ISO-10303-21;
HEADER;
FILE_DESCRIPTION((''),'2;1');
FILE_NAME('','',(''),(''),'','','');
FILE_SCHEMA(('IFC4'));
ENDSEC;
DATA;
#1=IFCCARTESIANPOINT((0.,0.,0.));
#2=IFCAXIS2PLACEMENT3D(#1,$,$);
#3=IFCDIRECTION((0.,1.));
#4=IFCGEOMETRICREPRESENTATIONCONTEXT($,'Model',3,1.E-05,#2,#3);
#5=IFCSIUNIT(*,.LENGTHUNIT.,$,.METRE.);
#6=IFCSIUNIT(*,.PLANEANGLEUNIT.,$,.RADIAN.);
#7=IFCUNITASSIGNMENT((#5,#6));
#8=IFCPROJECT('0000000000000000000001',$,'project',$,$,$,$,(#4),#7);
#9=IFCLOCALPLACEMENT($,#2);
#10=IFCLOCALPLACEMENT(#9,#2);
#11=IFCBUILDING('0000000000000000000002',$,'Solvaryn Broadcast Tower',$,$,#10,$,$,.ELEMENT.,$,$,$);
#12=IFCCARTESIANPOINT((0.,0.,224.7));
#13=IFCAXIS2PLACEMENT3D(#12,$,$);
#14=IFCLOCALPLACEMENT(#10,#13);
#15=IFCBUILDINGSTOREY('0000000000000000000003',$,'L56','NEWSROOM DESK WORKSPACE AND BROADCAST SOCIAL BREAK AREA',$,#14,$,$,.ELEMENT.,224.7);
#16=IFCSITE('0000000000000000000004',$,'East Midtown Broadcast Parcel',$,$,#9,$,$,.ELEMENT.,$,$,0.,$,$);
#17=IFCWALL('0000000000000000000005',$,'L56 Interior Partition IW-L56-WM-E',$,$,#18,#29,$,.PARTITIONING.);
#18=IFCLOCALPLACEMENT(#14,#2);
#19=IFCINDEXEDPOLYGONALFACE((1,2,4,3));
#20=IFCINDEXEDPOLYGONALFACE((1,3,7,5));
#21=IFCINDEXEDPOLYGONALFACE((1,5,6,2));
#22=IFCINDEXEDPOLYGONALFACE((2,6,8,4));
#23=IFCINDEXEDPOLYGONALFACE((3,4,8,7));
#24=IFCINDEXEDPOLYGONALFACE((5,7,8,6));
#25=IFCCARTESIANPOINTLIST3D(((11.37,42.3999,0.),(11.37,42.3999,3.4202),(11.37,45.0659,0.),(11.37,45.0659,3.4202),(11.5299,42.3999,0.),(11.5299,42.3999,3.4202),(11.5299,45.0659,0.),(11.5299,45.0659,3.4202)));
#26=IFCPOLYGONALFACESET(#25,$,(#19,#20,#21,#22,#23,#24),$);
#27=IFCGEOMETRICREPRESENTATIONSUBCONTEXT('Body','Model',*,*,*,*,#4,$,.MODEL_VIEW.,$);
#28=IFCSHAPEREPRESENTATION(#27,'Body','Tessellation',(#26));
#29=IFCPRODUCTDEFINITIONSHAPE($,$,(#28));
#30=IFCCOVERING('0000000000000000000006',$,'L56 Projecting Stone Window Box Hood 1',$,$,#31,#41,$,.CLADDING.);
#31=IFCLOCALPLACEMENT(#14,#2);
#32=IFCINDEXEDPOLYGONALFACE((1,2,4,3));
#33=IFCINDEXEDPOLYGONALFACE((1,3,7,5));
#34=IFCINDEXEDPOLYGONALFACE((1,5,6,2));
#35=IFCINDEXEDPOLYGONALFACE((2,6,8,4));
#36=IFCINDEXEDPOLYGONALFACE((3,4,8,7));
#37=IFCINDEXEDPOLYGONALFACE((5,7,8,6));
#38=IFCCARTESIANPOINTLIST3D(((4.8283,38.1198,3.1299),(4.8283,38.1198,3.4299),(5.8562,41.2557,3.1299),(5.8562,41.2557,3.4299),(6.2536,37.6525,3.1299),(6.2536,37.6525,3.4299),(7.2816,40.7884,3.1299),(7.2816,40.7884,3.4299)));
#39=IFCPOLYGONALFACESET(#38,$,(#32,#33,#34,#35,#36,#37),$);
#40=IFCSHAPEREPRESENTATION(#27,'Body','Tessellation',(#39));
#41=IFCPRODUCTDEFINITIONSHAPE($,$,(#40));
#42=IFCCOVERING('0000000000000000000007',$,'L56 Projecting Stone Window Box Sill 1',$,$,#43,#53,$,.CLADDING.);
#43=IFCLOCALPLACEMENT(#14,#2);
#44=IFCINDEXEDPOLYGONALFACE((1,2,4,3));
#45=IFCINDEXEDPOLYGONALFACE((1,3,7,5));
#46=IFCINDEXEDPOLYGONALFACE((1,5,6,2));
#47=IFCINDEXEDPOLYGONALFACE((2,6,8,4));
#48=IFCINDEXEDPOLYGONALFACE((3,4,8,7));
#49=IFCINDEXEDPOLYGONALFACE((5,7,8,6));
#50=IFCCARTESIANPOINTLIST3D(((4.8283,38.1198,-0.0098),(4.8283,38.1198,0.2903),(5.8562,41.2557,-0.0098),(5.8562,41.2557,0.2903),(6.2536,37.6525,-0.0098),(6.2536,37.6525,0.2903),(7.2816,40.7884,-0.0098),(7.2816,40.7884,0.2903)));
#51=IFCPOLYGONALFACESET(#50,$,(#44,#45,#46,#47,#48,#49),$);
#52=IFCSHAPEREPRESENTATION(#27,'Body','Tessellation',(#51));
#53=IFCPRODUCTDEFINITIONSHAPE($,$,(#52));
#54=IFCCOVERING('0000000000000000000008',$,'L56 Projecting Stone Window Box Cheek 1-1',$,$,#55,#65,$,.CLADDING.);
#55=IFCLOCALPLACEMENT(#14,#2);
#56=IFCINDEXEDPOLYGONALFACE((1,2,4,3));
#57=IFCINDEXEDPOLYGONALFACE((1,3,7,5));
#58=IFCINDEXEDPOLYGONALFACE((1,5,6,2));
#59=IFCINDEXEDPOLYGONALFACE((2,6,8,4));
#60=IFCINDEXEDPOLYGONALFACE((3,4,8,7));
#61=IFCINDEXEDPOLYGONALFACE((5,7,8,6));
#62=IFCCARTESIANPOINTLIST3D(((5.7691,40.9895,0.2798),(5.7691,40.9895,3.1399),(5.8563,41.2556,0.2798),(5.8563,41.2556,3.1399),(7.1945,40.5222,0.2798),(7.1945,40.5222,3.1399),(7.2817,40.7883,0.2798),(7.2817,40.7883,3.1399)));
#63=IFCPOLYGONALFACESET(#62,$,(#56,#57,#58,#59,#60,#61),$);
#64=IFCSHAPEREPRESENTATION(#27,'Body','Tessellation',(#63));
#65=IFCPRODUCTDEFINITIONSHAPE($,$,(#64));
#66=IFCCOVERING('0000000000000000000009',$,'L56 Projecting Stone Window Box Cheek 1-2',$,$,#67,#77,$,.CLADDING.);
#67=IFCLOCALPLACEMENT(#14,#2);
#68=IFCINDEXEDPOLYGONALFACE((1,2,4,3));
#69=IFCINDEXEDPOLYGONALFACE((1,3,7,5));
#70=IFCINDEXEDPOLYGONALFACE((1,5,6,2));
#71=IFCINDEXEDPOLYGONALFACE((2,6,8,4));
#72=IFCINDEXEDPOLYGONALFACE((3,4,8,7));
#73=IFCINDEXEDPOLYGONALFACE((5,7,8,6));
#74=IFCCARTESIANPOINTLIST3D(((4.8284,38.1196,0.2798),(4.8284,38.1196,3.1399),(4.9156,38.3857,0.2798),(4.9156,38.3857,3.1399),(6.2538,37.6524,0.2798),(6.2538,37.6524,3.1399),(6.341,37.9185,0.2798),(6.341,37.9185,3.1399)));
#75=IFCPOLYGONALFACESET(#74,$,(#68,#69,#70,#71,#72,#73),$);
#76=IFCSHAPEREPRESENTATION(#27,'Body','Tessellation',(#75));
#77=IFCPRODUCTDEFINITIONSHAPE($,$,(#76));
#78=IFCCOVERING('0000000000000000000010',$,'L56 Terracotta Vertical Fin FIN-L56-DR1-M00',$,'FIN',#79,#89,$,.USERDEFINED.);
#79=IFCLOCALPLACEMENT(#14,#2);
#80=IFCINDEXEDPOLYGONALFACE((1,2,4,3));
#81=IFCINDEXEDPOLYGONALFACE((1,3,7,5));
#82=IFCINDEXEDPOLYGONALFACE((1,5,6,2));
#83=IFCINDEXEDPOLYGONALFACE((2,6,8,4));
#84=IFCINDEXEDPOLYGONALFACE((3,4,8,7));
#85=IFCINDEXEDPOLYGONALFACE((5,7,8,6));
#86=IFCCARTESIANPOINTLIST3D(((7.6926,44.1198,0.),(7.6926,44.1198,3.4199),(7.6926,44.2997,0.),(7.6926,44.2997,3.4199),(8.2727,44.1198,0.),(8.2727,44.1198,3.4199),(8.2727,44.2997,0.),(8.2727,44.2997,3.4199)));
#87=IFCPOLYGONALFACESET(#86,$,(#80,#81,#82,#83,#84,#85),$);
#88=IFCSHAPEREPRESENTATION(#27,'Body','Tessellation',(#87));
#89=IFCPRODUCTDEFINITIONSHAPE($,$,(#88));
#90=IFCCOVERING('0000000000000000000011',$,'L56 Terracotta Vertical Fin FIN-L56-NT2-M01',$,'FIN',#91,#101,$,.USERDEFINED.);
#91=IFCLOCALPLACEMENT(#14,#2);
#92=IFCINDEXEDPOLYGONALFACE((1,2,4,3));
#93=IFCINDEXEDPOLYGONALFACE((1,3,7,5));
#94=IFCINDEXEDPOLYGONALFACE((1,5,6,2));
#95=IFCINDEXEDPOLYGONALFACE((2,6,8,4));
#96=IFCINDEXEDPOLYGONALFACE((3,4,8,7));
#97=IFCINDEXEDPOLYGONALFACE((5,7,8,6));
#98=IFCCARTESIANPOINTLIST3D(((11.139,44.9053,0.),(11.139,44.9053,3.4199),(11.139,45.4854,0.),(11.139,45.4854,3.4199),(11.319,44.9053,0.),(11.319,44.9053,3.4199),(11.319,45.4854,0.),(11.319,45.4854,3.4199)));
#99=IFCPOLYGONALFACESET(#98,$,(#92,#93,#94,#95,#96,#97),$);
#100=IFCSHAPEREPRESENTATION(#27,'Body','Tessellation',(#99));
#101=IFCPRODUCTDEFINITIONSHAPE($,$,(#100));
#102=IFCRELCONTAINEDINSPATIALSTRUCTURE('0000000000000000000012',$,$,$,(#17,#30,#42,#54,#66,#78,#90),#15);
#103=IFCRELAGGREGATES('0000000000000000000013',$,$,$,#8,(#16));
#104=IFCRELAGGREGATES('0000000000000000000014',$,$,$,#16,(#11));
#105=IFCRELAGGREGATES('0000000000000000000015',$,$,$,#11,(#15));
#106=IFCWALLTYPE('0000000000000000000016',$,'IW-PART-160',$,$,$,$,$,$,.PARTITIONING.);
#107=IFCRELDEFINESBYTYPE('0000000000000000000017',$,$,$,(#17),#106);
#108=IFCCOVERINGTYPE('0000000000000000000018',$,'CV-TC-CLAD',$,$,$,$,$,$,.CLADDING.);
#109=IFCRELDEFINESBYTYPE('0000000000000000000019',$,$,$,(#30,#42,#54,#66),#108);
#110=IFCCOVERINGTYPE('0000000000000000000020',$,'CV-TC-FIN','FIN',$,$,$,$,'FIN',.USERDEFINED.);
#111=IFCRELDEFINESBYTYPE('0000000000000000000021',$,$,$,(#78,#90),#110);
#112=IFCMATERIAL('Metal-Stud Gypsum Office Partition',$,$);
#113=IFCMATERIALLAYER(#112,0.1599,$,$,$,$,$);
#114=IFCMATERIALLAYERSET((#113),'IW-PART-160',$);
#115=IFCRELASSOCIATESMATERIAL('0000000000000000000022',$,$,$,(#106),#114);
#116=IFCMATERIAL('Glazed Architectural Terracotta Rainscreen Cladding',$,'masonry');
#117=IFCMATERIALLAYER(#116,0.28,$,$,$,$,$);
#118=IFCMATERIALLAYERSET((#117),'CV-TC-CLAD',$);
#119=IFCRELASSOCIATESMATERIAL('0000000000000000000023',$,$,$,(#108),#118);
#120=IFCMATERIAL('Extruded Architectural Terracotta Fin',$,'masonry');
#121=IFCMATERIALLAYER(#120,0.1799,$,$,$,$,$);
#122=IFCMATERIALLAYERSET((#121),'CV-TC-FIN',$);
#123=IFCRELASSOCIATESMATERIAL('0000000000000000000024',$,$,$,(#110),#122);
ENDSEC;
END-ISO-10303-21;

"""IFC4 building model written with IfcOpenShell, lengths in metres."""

from ifc_helpers import new_model, si_unit, direction, frame, frame_2d, origin, origin_2d, place, context, subcontext, project, spatial, rectangle, extrude, material, layer, layer_set, type_object, element, save


model = new_model("IFC4")

# Units and contexts
model_context = context("Model", 3, precision=1e-05, world=origin(), true_north=direction((0.0, 1.0)))
body_context = subcontext(model_context, "Body", "Model", "MODEL_VIEW")
ifc_project = project(units=[si_unit("LENGTHUNIT", "METRE"), si_unit("PLANEANGLEUNIT", "RADIAN")], contexts=[model_context])

# Site, building, storey
site_placement = place(None, origin())
site = spatial("IfcSite", under=ifc_project, at=site_placement, Name="East Midtown Broadcast Parcel", CompositionType="ELEMENT", RefElevation=0.0)
building_placement = place(site_placement, origin())
building = spatial("IfcBuilding", under=site, at=building_placement, Name="Solvaryn Broadcast Tower", CompositionType="ELEMENT")
storey_placement = place(building_placement, frame((0.0, 0.0, 224.7)))
storey = spatial("IfcBuildingStorey", under=building, at=storey_placement, Name="L56", Description="NEWSROOM DESK WORKSPACE AND BROADCAST SOCIAL BREAK AREA", CompositionType="ELEMENT", Elevation=224.7)

# Wall
ifc_material_1 = material(Name="Metal-Stud Gypsum Office Partition")
ifc_layer_1 = layer(ifc_material_1, 0.1599)
ifc_layer_set_1 = layer_set([ifc_layer_1], Name="IW-PART-160")
wall_type_1 = type_object("IfcWallType", Name="IW-PART-160", PredefinedType="PARTITIONING", material=ifc_layer_set_1)
wall_1_placement = place(storey_placement, frame((11.45, 42.3999, 0.0), z_axis=(0.0, 0.0, 1.0), x_axis=(0.0, 1.0, 0.0)))
element("IfcWall", 1, at=wall_1_placement, inside=storey, type_object=wall_type_1, Name="L56 Interior Partition IW-L56-WM-E", PredefinedType="PARTITIONING", context=body_context, shape_type="SweptSolid", body=[
    extrude(rectangle(XDim=2.666, YDim=0.1599, at=frame_2d((1.333, 0.0))), origin(), (0.0, 0.0, 1.0), 3.4202),
])

# Coverings
ifc_material_2 = material(Name="Glazed Architectural Terracotta Rainscreen Cladding", Category="masonry")
ifc_layer_2 = layer(ifc_material_2, 0.28)
ifc_layer_set_2 = layer_set([ifc_layer_2], Name="CV-TC-CLAD")
covering_type_1 = type_object("IfcCoveringType", Name="CV-TC-CLAD", PredefinedType="CLADDING", material=ifc_layer_set_2)
for number, where, z_axis, x_axis, name in (
    (2, (6.0549, 39.4541, 3.1299), (0.0, 0.0, 1.0), (-0.311506, -0.950244, 0.0), "L56 Projecting Stone Window Box Hood 1"),
    (3, (6.0549, 39.4541, -0.0098), (0.0, 0.0, 1.0), (-0.311506, -0.950244, 0.0), "L56 Projecting Stone Window Box Sill 1"),
):
    element("IfcCovering", number, at=place(storey_placement, frame(where, z_axis=z_axis, x_axis=x_axis)), inside=storey, type_object=covering_type_1, Name=name, PredefinedType="CLADDING", context=body_context, shape_type="SweptSolid", body=[
        extrude(rectangle(XDim=3.3, YDim=1.5, at=origin_2d()), origin(), (0.0, 0.0, 1.0), 0.3),
    ])
for number, where, z_axis, x_axis, name in (
    (4, (6.5254, 40.8889, 0.2798), (0.0, 0.0, 1.0), (-0.311506, -0.950244, 0.0), "L56 Projecting Stone Window Box Cheek 1-1"),
    (5, (5.5847, 38.019, 0.2798), (0.0, 0.0, 1.0), (-0.311506, -0.950244, 0.0), "L56 Projecting Stone Window Box Cheek 1-2"),
):
    element("IfcCovering", number, at=place(storey_placement, frame(where, z_axis=z_axis, x_axis=x_axis)), inside=storey, type_object=covering_type_1, Name=name, PredefinedType="CLADDING", context=body_context, shape_type="SweptSolid", body=[
        extrude(rectangle(XDim=0.28, YDim=1.5, at=origin_2d()), origin(), (0.0, 0.0, 1.0), 2.8601),
    ])
ifc_material_3 = material(Name="Extruded Architectural Terracotta Fin", Category="masonry")
ifc_layer_3 = layer(ifc_material_3, 0.1799)
ifc_layer_set_3 = layer_set([ifc_layer_3], Name="CV-TC-FIN")
covering_type_2 = type_object("IfcCoveringType", Name="CV-TC-FIN", Description="FIN", ElementType="FIN", PredefinedType="USERDEFINED", material=ifc_layer_set_3)
covering_1_placement = place(storey_placement, frame((7.9827, 44.2097, 0.0), z_axis=(0.0, 0.0, 1.0), x_axis=(1.0, 0.0, 0.0)))
element("IfcCovering", 6, at=covering_1_placement, inside=storey, type_object=covering_type_2, Name="L56 Terracotta Vertical Fin FIN-L56-DR1-M00", ObjectType="FIN", PredefinedType="USERDEFINED", context=body_context, shape_type="SweptSolid", body=[
    extrude(rectangle(XDim=0.5801, YDim=0.1799, at=origin_2d()), origin(), (0.0, 0.0, 1.0), 3.4199),
])
covering_2_placement = place(storey_placement, frame((11.229, 45.1953, 0.0), z_axis=(0.0, 0.0, 1.0), x_axis=(1.0, 0.0, 0.0)))
element("IfcCovering", 7, at=covering_2_placement, inside=storey, type_object=covering_type_2, Name="L56 Terracotta Vertical Fin FIN-L56-NT2-M01", ObjectType="FIN", PredefinedType="USERDEFINED", context=body_context, shape_type="SweptSolid", body=[
    extrude(rectangle(XDim=0.1799, YDim=0.5801, at=origin_2d()), origin(), (0.0, 0.0, 1.0), 3.4199),
])

save(model, "model.ifc")
